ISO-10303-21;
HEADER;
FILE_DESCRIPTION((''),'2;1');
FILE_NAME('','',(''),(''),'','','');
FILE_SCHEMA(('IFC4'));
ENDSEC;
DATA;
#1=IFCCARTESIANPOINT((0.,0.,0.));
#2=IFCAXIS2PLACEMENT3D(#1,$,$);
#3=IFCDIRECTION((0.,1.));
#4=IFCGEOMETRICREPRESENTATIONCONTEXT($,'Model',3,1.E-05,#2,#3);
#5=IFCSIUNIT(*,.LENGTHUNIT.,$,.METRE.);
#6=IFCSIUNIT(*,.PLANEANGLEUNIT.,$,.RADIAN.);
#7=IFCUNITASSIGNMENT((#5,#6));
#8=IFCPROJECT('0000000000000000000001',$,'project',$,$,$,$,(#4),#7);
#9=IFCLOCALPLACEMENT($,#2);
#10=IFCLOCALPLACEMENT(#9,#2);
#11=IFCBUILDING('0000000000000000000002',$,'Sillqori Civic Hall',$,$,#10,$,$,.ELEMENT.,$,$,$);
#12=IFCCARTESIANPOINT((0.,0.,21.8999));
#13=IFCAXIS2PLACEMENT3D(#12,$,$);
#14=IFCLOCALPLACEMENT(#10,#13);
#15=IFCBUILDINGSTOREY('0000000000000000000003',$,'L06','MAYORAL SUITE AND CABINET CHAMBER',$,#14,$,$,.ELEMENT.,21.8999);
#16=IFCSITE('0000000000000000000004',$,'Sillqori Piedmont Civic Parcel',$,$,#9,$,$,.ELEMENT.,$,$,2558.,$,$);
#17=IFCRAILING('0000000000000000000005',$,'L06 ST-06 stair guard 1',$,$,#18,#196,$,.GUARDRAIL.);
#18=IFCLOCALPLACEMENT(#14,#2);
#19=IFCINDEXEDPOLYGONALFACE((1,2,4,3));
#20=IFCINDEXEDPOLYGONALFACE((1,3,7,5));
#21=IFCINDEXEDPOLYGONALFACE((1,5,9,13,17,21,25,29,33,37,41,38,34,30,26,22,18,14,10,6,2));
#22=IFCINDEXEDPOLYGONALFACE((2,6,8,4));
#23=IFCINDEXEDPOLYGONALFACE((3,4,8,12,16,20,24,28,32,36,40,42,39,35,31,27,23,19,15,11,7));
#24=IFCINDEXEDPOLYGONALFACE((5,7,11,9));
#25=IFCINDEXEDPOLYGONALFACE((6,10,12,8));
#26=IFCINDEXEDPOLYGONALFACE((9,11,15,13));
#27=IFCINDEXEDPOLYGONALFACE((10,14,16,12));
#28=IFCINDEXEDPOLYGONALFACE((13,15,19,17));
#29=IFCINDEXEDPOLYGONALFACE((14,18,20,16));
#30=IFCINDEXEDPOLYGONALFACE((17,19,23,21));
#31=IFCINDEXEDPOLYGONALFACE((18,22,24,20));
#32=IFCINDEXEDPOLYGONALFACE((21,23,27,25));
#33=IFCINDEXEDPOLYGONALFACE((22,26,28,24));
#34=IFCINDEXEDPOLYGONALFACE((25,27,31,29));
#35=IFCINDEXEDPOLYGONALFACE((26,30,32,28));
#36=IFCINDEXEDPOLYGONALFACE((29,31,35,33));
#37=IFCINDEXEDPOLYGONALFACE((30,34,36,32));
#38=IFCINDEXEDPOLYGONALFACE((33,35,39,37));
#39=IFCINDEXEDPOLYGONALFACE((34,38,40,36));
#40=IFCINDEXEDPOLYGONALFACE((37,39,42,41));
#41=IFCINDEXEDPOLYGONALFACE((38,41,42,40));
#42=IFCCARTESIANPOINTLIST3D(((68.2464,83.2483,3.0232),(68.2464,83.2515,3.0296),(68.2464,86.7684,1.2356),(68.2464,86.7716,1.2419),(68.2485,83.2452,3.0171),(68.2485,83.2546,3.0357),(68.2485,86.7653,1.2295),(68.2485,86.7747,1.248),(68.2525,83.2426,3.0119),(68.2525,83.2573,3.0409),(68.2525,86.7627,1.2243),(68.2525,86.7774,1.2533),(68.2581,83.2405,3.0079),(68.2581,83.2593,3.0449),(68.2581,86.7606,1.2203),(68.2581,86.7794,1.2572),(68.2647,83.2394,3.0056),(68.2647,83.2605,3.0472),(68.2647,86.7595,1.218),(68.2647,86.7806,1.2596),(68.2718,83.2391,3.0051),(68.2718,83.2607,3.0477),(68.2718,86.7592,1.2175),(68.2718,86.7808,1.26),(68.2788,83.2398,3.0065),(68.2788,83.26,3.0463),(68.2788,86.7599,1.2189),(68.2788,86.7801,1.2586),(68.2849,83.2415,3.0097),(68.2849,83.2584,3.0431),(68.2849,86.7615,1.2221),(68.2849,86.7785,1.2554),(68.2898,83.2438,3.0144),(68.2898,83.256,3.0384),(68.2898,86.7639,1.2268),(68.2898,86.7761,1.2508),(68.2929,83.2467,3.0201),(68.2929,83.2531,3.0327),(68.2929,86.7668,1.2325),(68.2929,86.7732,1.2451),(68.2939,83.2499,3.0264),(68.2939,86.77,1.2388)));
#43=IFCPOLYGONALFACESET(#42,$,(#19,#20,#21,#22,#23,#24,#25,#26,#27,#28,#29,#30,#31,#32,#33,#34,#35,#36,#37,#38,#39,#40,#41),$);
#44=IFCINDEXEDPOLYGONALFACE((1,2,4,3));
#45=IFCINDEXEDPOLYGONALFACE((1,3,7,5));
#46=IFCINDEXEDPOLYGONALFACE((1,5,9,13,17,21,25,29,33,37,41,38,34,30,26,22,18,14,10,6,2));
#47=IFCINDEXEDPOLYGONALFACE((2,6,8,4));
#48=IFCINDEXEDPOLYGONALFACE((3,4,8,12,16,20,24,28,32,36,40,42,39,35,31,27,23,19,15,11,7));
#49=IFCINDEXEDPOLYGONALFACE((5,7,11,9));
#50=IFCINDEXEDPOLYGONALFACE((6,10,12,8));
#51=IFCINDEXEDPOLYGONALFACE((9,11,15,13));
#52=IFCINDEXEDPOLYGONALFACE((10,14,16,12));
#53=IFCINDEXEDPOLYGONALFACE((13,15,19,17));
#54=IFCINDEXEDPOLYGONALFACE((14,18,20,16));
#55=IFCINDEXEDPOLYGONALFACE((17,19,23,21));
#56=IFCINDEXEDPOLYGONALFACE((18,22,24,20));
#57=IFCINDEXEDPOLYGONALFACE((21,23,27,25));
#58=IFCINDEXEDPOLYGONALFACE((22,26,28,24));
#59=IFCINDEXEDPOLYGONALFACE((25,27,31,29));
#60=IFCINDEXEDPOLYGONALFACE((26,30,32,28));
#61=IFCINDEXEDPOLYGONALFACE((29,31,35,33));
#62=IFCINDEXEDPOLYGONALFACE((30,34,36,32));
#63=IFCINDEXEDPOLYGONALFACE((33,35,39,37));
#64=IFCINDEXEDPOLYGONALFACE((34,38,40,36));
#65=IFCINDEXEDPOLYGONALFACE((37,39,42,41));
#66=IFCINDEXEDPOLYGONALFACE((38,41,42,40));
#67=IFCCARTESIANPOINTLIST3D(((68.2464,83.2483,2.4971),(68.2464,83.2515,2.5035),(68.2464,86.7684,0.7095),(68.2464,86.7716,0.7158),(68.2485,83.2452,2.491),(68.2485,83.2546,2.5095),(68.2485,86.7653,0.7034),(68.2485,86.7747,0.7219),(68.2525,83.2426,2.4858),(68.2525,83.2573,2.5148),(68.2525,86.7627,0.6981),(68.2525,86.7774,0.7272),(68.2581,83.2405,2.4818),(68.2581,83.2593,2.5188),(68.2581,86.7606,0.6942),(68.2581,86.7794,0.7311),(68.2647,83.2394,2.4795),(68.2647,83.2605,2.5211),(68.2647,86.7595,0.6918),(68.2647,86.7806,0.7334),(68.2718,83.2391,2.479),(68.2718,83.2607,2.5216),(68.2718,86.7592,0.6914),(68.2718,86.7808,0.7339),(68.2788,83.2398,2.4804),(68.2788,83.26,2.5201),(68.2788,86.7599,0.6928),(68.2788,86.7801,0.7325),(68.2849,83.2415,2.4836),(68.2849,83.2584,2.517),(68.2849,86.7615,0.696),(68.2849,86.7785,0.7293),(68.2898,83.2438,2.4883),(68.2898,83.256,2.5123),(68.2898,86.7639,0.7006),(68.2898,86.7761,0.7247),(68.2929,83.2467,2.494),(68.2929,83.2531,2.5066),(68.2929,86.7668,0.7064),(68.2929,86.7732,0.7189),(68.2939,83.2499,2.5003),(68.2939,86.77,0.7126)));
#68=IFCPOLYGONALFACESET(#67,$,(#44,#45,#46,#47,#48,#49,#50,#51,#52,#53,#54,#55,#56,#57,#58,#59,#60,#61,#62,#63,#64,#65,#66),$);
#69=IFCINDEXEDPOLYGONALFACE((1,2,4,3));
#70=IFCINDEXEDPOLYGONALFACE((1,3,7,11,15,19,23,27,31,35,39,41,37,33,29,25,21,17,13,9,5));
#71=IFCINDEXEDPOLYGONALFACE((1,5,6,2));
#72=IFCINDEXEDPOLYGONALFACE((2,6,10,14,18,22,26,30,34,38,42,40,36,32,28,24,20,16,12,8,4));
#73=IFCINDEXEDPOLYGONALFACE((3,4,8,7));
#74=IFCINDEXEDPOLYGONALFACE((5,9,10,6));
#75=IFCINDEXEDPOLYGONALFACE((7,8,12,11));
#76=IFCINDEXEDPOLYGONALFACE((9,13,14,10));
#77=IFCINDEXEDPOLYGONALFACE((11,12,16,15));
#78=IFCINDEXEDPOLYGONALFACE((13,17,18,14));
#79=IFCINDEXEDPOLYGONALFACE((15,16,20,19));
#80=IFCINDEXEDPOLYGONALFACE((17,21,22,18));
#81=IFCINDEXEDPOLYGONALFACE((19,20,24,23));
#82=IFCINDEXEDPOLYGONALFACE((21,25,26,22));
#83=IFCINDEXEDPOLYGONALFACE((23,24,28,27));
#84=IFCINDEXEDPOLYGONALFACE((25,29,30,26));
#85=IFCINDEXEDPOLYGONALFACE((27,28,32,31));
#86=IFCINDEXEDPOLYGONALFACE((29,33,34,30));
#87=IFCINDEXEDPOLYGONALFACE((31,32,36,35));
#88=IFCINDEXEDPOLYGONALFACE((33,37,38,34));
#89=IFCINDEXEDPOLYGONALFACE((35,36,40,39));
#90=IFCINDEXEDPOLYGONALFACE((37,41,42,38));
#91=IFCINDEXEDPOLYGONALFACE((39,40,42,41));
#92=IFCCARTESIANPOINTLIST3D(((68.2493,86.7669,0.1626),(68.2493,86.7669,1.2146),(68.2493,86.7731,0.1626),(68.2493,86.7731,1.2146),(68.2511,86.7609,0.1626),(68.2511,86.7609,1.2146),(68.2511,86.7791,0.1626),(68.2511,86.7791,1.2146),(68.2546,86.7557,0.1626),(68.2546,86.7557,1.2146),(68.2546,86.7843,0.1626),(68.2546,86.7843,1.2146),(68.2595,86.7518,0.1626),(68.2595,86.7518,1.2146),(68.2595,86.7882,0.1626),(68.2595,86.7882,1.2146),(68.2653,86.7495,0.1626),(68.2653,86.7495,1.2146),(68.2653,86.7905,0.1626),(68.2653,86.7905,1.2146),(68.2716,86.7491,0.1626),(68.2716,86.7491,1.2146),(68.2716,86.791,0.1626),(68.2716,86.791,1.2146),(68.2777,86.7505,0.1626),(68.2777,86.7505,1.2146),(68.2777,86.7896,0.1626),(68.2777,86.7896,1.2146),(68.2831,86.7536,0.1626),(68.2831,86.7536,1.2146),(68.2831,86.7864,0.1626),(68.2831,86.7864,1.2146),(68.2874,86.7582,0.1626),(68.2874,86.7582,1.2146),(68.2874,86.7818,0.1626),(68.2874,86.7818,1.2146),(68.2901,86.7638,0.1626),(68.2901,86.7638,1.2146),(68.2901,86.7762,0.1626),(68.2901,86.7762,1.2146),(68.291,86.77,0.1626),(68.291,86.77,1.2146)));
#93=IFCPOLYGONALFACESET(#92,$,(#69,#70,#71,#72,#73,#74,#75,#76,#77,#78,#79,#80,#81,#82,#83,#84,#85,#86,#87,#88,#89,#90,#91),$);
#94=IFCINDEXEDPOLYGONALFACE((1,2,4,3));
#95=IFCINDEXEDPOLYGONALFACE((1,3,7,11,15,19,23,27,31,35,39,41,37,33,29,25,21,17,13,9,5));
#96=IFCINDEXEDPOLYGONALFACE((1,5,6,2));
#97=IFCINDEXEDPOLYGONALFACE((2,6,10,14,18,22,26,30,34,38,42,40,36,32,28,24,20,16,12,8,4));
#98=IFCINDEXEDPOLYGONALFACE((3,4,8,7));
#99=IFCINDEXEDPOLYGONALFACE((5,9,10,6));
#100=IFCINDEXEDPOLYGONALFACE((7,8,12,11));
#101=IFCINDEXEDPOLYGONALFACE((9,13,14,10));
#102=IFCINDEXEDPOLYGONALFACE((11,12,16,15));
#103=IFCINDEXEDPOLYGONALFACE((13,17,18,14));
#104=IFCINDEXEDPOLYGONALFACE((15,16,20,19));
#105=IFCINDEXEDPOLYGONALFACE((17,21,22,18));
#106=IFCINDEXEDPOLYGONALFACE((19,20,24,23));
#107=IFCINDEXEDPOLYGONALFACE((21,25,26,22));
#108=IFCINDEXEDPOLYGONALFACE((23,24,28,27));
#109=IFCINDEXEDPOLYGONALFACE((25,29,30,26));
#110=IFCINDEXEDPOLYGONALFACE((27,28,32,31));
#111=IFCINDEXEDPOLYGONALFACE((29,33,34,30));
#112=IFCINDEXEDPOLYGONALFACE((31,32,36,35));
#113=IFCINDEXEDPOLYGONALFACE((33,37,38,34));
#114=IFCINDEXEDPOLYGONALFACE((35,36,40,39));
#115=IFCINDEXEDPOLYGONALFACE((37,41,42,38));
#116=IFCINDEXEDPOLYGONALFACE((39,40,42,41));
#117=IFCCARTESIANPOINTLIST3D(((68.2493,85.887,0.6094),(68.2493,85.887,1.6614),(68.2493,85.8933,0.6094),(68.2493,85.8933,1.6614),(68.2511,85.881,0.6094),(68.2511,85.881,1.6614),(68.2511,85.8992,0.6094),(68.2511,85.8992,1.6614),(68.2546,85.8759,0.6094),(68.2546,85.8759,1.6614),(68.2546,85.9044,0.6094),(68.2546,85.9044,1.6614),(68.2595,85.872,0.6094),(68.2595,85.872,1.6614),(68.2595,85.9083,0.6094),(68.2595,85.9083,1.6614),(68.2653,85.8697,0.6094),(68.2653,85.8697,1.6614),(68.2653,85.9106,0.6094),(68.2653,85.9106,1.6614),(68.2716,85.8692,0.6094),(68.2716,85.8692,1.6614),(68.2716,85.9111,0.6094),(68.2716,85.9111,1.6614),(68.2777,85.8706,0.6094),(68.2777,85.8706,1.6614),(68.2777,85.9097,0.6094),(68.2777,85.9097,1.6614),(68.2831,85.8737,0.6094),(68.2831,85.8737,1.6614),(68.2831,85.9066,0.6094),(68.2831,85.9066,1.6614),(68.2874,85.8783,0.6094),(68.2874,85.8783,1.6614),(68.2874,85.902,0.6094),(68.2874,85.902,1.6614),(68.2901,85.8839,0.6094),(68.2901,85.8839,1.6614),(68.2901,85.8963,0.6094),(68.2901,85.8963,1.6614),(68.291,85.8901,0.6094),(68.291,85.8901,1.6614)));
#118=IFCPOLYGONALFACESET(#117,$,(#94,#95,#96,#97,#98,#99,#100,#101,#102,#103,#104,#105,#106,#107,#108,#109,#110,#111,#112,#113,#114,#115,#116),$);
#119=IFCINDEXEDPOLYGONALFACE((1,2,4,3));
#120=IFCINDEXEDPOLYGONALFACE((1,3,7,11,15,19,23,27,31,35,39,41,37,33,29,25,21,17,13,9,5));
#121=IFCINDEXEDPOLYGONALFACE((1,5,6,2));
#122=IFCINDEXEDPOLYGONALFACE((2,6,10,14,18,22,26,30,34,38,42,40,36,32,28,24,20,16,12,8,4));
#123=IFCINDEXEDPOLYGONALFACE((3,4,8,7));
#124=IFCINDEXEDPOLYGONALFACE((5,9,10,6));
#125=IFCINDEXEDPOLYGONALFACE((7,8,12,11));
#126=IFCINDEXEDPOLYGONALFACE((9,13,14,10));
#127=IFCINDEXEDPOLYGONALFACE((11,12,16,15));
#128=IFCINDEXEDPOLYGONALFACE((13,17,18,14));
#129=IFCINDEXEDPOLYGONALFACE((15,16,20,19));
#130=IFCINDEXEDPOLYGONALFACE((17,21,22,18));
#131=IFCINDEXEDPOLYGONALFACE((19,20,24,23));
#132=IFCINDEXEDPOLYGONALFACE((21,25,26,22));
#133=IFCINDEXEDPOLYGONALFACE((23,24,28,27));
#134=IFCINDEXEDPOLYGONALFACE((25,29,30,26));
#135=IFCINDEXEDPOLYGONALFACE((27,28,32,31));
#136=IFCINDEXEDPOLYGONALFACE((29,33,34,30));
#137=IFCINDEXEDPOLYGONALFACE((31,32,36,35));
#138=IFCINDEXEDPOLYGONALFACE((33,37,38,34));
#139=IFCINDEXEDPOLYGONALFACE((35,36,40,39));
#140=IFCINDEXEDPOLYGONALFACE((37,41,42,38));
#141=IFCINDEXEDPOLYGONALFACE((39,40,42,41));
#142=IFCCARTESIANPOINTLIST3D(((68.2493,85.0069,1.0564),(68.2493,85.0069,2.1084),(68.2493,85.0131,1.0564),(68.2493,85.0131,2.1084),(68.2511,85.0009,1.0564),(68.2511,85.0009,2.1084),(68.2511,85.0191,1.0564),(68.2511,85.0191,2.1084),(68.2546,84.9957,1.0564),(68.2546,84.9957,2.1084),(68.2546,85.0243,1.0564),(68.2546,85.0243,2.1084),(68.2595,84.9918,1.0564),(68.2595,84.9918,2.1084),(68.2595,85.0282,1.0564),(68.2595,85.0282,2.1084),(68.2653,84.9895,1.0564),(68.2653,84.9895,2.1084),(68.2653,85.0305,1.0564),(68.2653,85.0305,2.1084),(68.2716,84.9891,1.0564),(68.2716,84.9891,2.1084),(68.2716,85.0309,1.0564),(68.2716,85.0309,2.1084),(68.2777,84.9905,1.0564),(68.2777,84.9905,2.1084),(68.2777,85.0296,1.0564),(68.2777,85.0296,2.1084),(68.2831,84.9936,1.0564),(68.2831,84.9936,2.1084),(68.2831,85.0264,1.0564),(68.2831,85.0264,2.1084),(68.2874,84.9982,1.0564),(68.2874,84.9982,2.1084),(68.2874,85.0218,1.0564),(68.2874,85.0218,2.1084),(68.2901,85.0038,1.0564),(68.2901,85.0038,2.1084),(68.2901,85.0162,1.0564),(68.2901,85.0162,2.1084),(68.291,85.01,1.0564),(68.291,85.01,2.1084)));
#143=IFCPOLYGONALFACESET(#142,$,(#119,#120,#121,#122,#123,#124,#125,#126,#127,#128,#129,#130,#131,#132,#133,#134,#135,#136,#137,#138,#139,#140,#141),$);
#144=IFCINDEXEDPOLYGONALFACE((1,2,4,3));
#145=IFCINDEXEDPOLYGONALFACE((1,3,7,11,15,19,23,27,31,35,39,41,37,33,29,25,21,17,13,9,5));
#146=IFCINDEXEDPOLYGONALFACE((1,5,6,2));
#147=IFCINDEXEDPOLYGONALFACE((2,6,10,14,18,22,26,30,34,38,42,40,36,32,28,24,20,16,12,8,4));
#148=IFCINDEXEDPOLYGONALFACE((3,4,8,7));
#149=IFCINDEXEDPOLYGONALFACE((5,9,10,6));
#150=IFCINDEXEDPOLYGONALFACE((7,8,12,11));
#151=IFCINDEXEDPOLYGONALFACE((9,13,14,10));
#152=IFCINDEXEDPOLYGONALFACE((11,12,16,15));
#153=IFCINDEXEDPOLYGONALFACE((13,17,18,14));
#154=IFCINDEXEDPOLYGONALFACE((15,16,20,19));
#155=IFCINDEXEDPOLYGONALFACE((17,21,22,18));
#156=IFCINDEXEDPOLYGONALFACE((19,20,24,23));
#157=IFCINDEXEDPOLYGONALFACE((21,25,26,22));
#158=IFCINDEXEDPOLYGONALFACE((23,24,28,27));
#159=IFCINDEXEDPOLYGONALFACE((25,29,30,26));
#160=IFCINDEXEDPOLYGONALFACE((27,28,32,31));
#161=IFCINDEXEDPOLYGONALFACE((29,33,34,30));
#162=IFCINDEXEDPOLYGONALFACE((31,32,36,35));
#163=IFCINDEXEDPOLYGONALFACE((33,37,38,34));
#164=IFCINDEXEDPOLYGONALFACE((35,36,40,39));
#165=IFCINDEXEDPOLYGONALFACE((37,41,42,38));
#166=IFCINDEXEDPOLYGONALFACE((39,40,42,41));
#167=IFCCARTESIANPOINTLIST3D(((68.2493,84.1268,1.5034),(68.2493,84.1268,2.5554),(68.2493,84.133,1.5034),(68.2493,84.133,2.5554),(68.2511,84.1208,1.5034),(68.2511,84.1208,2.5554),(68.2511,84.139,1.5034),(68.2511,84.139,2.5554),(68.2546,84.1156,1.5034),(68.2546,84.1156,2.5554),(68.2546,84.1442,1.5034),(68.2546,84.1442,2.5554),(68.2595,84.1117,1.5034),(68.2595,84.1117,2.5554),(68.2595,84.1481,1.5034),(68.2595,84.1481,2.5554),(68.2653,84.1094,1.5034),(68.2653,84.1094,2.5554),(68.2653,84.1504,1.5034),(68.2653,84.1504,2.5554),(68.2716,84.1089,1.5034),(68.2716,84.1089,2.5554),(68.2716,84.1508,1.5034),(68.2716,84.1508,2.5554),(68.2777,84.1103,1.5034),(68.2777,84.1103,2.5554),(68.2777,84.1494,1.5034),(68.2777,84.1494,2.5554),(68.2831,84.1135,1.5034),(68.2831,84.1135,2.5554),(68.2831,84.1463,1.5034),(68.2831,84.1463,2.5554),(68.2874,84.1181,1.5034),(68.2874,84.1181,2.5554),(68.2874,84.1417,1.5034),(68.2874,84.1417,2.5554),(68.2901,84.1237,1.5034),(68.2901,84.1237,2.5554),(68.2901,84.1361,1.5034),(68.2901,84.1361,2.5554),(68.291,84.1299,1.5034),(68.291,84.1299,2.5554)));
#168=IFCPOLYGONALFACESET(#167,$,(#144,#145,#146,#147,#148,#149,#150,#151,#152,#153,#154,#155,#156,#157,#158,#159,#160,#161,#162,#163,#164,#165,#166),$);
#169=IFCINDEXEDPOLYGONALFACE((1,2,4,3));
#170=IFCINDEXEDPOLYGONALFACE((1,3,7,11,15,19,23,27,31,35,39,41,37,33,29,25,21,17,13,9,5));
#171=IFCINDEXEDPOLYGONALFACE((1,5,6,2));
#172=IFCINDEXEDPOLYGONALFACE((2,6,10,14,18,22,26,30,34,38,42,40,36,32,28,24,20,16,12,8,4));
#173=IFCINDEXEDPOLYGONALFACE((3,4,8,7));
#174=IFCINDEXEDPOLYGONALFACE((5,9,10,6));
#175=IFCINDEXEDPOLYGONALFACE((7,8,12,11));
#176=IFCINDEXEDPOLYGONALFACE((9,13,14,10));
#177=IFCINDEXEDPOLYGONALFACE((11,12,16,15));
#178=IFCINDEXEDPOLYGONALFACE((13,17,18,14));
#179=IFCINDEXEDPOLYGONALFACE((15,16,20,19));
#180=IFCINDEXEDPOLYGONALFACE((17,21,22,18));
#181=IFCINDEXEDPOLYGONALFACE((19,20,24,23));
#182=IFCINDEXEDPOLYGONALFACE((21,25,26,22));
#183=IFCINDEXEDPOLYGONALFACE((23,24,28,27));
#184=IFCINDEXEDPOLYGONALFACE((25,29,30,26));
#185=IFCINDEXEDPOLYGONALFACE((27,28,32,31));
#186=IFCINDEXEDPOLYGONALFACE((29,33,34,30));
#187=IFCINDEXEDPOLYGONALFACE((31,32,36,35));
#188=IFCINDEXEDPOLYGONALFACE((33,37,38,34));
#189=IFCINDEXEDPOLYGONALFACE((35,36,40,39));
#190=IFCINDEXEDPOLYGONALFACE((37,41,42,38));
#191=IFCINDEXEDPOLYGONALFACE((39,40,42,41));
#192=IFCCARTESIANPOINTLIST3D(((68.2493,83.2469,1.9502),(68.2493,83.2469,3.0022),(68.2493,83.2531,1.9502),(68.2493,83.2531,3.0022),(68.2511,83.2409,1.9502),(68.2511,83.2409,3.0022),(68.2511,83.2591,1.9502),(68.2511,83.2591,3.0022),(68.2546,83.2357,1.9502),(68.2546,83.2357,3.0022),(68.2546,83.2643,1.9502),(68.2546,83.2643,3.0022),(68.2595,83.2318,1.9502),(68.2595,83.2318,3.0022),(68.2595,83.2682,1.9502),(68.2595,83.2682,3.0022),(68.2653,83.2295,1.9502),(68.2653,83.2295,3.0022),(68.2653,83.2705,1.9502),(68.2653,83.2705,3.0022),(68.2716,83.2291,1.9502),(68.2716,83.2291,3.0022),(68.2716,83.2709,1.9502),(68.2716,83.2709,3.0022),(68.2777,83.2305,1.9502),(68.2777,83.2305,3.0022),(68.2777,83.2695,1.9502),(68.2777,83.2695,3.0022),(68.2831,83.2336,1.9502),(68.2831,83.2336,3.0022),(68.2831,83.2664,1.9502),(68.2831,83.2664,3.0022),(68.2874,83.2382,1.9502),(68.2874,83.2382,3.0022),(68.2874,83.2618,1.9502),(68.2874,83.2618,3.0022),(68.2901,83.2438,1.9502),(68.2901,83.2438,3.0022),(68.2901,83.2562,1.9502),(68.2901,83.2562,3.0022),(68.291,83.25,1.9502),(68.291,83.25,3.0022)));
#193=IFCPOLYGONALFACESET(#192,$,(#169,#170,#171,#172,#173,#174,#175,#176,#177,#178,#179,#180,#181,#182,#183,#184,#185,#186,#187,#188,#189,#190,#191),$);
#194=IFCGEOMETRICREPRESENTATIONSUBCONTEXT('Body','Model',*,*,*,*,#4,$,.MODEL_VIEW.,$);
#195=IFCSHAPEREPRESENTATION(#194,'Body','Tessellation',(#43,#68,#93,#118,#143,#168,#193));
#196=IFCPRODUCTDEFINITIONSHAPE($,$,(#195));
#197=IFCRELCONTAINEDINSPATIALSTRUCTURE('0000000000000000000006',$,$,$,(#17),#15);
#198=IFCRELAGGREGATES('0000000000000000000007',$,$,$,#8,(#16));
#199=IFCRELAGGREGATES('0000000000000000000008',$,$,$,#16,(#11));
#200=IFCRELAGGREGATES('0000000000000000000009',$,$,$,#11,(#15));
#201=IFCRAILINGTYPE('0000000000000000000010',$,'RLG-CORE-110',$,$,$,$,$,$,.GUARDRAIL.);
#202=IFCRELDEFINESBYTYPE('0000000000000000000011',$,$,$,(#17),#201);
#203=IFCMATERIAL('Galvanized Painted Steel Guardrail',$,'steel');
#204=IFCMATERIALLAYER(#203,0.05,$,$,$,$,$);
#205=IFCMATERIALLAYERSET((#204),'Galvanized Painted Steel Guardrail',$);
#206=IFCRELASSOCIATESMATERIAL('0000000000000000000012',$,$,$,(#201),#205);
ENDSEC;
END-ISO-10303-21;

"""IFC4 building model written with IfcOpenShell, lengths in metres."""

from ifc_helpers import new_model, si_unit, direction, frame, origin, origin_2d, place, context, subcontext, project, spatial, circle, extrude, material, layer, layer_set, type_object, element, save


model = new_model("IFC4")

# Units and contexts
model_context = context("Model", 3, precision=1e-05, world=origin(), true_north=direction((0.0, 1.0)))
body_context = subcontext(model_context, "Body", "Model", "MODEL_VIEW")
ifc_project = project(units=[si_unit("LENGTHUNIT", "METRE"), si_unit("PLANEANGLEUNIT", "RADIAN")], contexts=[model_context])

# Site, building, storey
site_placement = place(None, origin())
site = spatial("IfcSite", under=ifc_project, at=site_placement, Name="Sillqori Piedmont Civic Parcel", CompositionType="ELEMENT", RefElevation=2558.0)
building_placement = place(site_placement, origin())
building = spatial("IfcBuilding", under=site, at=building_placement, Name="Sillqori Civic Hall", CompositionType="ELEMENT")
storey_placement = place(building_placement, frame((0.0, 0.0, 21.8999)))
storey = spatial("IfcBuildingStorey", under=building, at=storey_placement, Name="L06", Description="MAYORAL SUITE AND CABINET CHAMBER", CompositionType="ELEMENT", Elevation=21.8999)

# Railing
ifc_material_1 = material(Name="Galvanized Painted Steel Guardrail", Category="steel")
ifc_layer_1 = layer(ifc_material_1, 0.05)
ifc_layer_set_1 = layer_set([ifc_layer_1], Name="Galvanized Painted Steel Guardrail")
railing_type_1 = type_object("IfcRailingType", Name="RLG-CORE-110", PredefinedType="GUARDRAIL", material=ifc_layer_set_1)
railing_1_placement = place(storey_placement, frame((68.27, 86.77, 0.1626)))
element("IfcRailing", 1, at=railing_1_placement, inside=storey, type_object=railing_type_1, Name="L06 ST-06 stair guard 1", PredefinedType="GUARDRAIL", context=body_context, shape_type="SweptSolid", body=[
    extrude(circle(Radius=0.0239, at=origin_2d()), frame((0.0, 0.0, 1.0762), z_axis=(0.0, -0.891615, 0.452795), x_axis=(1.0, 0.0, 0.0)), (0.0, 0.0, 1.0), 3.948),
    extrude(circle(Radius=0.0239, at=origin_2d()), frame((0.0, 0.0, 0.55), z_axis=(0.0, -0.891615, 0.452795), x_axis=(1.0, 0.0, 0.0)), (0.0, 0.0, 1.0), 3.948),
    extrude(circle(Radius=0.021, at=origin_2d()), origin(), (0.0, 0.0, 1.0), 1.052),
    extrude(circle(Radius=0.021, at=origin_2d()), frame((0.0, -0.8799, 0.4468)), (0.0, 0.0, 1.0), 1.052),
    extrude(circle(Radius=0.021, at=origin_2d()), frame((0.0, -1.76, 0.8938)), (0.0, 0.0, 1.0), 1.052),
    extrude(circle(Radius=0.021, at=origin_2d()), frame((0.0, -2.6401, 1.3408)), (0.0, 0.0, 1.0), 1.052),
    extrude(circle(Radius=0.021, at=origin_2d()), frame((0.0, -3.52, 1.7876)), (0.0, 0.0, 1.0), 1.052),
])

save(model, "model.ifc")
